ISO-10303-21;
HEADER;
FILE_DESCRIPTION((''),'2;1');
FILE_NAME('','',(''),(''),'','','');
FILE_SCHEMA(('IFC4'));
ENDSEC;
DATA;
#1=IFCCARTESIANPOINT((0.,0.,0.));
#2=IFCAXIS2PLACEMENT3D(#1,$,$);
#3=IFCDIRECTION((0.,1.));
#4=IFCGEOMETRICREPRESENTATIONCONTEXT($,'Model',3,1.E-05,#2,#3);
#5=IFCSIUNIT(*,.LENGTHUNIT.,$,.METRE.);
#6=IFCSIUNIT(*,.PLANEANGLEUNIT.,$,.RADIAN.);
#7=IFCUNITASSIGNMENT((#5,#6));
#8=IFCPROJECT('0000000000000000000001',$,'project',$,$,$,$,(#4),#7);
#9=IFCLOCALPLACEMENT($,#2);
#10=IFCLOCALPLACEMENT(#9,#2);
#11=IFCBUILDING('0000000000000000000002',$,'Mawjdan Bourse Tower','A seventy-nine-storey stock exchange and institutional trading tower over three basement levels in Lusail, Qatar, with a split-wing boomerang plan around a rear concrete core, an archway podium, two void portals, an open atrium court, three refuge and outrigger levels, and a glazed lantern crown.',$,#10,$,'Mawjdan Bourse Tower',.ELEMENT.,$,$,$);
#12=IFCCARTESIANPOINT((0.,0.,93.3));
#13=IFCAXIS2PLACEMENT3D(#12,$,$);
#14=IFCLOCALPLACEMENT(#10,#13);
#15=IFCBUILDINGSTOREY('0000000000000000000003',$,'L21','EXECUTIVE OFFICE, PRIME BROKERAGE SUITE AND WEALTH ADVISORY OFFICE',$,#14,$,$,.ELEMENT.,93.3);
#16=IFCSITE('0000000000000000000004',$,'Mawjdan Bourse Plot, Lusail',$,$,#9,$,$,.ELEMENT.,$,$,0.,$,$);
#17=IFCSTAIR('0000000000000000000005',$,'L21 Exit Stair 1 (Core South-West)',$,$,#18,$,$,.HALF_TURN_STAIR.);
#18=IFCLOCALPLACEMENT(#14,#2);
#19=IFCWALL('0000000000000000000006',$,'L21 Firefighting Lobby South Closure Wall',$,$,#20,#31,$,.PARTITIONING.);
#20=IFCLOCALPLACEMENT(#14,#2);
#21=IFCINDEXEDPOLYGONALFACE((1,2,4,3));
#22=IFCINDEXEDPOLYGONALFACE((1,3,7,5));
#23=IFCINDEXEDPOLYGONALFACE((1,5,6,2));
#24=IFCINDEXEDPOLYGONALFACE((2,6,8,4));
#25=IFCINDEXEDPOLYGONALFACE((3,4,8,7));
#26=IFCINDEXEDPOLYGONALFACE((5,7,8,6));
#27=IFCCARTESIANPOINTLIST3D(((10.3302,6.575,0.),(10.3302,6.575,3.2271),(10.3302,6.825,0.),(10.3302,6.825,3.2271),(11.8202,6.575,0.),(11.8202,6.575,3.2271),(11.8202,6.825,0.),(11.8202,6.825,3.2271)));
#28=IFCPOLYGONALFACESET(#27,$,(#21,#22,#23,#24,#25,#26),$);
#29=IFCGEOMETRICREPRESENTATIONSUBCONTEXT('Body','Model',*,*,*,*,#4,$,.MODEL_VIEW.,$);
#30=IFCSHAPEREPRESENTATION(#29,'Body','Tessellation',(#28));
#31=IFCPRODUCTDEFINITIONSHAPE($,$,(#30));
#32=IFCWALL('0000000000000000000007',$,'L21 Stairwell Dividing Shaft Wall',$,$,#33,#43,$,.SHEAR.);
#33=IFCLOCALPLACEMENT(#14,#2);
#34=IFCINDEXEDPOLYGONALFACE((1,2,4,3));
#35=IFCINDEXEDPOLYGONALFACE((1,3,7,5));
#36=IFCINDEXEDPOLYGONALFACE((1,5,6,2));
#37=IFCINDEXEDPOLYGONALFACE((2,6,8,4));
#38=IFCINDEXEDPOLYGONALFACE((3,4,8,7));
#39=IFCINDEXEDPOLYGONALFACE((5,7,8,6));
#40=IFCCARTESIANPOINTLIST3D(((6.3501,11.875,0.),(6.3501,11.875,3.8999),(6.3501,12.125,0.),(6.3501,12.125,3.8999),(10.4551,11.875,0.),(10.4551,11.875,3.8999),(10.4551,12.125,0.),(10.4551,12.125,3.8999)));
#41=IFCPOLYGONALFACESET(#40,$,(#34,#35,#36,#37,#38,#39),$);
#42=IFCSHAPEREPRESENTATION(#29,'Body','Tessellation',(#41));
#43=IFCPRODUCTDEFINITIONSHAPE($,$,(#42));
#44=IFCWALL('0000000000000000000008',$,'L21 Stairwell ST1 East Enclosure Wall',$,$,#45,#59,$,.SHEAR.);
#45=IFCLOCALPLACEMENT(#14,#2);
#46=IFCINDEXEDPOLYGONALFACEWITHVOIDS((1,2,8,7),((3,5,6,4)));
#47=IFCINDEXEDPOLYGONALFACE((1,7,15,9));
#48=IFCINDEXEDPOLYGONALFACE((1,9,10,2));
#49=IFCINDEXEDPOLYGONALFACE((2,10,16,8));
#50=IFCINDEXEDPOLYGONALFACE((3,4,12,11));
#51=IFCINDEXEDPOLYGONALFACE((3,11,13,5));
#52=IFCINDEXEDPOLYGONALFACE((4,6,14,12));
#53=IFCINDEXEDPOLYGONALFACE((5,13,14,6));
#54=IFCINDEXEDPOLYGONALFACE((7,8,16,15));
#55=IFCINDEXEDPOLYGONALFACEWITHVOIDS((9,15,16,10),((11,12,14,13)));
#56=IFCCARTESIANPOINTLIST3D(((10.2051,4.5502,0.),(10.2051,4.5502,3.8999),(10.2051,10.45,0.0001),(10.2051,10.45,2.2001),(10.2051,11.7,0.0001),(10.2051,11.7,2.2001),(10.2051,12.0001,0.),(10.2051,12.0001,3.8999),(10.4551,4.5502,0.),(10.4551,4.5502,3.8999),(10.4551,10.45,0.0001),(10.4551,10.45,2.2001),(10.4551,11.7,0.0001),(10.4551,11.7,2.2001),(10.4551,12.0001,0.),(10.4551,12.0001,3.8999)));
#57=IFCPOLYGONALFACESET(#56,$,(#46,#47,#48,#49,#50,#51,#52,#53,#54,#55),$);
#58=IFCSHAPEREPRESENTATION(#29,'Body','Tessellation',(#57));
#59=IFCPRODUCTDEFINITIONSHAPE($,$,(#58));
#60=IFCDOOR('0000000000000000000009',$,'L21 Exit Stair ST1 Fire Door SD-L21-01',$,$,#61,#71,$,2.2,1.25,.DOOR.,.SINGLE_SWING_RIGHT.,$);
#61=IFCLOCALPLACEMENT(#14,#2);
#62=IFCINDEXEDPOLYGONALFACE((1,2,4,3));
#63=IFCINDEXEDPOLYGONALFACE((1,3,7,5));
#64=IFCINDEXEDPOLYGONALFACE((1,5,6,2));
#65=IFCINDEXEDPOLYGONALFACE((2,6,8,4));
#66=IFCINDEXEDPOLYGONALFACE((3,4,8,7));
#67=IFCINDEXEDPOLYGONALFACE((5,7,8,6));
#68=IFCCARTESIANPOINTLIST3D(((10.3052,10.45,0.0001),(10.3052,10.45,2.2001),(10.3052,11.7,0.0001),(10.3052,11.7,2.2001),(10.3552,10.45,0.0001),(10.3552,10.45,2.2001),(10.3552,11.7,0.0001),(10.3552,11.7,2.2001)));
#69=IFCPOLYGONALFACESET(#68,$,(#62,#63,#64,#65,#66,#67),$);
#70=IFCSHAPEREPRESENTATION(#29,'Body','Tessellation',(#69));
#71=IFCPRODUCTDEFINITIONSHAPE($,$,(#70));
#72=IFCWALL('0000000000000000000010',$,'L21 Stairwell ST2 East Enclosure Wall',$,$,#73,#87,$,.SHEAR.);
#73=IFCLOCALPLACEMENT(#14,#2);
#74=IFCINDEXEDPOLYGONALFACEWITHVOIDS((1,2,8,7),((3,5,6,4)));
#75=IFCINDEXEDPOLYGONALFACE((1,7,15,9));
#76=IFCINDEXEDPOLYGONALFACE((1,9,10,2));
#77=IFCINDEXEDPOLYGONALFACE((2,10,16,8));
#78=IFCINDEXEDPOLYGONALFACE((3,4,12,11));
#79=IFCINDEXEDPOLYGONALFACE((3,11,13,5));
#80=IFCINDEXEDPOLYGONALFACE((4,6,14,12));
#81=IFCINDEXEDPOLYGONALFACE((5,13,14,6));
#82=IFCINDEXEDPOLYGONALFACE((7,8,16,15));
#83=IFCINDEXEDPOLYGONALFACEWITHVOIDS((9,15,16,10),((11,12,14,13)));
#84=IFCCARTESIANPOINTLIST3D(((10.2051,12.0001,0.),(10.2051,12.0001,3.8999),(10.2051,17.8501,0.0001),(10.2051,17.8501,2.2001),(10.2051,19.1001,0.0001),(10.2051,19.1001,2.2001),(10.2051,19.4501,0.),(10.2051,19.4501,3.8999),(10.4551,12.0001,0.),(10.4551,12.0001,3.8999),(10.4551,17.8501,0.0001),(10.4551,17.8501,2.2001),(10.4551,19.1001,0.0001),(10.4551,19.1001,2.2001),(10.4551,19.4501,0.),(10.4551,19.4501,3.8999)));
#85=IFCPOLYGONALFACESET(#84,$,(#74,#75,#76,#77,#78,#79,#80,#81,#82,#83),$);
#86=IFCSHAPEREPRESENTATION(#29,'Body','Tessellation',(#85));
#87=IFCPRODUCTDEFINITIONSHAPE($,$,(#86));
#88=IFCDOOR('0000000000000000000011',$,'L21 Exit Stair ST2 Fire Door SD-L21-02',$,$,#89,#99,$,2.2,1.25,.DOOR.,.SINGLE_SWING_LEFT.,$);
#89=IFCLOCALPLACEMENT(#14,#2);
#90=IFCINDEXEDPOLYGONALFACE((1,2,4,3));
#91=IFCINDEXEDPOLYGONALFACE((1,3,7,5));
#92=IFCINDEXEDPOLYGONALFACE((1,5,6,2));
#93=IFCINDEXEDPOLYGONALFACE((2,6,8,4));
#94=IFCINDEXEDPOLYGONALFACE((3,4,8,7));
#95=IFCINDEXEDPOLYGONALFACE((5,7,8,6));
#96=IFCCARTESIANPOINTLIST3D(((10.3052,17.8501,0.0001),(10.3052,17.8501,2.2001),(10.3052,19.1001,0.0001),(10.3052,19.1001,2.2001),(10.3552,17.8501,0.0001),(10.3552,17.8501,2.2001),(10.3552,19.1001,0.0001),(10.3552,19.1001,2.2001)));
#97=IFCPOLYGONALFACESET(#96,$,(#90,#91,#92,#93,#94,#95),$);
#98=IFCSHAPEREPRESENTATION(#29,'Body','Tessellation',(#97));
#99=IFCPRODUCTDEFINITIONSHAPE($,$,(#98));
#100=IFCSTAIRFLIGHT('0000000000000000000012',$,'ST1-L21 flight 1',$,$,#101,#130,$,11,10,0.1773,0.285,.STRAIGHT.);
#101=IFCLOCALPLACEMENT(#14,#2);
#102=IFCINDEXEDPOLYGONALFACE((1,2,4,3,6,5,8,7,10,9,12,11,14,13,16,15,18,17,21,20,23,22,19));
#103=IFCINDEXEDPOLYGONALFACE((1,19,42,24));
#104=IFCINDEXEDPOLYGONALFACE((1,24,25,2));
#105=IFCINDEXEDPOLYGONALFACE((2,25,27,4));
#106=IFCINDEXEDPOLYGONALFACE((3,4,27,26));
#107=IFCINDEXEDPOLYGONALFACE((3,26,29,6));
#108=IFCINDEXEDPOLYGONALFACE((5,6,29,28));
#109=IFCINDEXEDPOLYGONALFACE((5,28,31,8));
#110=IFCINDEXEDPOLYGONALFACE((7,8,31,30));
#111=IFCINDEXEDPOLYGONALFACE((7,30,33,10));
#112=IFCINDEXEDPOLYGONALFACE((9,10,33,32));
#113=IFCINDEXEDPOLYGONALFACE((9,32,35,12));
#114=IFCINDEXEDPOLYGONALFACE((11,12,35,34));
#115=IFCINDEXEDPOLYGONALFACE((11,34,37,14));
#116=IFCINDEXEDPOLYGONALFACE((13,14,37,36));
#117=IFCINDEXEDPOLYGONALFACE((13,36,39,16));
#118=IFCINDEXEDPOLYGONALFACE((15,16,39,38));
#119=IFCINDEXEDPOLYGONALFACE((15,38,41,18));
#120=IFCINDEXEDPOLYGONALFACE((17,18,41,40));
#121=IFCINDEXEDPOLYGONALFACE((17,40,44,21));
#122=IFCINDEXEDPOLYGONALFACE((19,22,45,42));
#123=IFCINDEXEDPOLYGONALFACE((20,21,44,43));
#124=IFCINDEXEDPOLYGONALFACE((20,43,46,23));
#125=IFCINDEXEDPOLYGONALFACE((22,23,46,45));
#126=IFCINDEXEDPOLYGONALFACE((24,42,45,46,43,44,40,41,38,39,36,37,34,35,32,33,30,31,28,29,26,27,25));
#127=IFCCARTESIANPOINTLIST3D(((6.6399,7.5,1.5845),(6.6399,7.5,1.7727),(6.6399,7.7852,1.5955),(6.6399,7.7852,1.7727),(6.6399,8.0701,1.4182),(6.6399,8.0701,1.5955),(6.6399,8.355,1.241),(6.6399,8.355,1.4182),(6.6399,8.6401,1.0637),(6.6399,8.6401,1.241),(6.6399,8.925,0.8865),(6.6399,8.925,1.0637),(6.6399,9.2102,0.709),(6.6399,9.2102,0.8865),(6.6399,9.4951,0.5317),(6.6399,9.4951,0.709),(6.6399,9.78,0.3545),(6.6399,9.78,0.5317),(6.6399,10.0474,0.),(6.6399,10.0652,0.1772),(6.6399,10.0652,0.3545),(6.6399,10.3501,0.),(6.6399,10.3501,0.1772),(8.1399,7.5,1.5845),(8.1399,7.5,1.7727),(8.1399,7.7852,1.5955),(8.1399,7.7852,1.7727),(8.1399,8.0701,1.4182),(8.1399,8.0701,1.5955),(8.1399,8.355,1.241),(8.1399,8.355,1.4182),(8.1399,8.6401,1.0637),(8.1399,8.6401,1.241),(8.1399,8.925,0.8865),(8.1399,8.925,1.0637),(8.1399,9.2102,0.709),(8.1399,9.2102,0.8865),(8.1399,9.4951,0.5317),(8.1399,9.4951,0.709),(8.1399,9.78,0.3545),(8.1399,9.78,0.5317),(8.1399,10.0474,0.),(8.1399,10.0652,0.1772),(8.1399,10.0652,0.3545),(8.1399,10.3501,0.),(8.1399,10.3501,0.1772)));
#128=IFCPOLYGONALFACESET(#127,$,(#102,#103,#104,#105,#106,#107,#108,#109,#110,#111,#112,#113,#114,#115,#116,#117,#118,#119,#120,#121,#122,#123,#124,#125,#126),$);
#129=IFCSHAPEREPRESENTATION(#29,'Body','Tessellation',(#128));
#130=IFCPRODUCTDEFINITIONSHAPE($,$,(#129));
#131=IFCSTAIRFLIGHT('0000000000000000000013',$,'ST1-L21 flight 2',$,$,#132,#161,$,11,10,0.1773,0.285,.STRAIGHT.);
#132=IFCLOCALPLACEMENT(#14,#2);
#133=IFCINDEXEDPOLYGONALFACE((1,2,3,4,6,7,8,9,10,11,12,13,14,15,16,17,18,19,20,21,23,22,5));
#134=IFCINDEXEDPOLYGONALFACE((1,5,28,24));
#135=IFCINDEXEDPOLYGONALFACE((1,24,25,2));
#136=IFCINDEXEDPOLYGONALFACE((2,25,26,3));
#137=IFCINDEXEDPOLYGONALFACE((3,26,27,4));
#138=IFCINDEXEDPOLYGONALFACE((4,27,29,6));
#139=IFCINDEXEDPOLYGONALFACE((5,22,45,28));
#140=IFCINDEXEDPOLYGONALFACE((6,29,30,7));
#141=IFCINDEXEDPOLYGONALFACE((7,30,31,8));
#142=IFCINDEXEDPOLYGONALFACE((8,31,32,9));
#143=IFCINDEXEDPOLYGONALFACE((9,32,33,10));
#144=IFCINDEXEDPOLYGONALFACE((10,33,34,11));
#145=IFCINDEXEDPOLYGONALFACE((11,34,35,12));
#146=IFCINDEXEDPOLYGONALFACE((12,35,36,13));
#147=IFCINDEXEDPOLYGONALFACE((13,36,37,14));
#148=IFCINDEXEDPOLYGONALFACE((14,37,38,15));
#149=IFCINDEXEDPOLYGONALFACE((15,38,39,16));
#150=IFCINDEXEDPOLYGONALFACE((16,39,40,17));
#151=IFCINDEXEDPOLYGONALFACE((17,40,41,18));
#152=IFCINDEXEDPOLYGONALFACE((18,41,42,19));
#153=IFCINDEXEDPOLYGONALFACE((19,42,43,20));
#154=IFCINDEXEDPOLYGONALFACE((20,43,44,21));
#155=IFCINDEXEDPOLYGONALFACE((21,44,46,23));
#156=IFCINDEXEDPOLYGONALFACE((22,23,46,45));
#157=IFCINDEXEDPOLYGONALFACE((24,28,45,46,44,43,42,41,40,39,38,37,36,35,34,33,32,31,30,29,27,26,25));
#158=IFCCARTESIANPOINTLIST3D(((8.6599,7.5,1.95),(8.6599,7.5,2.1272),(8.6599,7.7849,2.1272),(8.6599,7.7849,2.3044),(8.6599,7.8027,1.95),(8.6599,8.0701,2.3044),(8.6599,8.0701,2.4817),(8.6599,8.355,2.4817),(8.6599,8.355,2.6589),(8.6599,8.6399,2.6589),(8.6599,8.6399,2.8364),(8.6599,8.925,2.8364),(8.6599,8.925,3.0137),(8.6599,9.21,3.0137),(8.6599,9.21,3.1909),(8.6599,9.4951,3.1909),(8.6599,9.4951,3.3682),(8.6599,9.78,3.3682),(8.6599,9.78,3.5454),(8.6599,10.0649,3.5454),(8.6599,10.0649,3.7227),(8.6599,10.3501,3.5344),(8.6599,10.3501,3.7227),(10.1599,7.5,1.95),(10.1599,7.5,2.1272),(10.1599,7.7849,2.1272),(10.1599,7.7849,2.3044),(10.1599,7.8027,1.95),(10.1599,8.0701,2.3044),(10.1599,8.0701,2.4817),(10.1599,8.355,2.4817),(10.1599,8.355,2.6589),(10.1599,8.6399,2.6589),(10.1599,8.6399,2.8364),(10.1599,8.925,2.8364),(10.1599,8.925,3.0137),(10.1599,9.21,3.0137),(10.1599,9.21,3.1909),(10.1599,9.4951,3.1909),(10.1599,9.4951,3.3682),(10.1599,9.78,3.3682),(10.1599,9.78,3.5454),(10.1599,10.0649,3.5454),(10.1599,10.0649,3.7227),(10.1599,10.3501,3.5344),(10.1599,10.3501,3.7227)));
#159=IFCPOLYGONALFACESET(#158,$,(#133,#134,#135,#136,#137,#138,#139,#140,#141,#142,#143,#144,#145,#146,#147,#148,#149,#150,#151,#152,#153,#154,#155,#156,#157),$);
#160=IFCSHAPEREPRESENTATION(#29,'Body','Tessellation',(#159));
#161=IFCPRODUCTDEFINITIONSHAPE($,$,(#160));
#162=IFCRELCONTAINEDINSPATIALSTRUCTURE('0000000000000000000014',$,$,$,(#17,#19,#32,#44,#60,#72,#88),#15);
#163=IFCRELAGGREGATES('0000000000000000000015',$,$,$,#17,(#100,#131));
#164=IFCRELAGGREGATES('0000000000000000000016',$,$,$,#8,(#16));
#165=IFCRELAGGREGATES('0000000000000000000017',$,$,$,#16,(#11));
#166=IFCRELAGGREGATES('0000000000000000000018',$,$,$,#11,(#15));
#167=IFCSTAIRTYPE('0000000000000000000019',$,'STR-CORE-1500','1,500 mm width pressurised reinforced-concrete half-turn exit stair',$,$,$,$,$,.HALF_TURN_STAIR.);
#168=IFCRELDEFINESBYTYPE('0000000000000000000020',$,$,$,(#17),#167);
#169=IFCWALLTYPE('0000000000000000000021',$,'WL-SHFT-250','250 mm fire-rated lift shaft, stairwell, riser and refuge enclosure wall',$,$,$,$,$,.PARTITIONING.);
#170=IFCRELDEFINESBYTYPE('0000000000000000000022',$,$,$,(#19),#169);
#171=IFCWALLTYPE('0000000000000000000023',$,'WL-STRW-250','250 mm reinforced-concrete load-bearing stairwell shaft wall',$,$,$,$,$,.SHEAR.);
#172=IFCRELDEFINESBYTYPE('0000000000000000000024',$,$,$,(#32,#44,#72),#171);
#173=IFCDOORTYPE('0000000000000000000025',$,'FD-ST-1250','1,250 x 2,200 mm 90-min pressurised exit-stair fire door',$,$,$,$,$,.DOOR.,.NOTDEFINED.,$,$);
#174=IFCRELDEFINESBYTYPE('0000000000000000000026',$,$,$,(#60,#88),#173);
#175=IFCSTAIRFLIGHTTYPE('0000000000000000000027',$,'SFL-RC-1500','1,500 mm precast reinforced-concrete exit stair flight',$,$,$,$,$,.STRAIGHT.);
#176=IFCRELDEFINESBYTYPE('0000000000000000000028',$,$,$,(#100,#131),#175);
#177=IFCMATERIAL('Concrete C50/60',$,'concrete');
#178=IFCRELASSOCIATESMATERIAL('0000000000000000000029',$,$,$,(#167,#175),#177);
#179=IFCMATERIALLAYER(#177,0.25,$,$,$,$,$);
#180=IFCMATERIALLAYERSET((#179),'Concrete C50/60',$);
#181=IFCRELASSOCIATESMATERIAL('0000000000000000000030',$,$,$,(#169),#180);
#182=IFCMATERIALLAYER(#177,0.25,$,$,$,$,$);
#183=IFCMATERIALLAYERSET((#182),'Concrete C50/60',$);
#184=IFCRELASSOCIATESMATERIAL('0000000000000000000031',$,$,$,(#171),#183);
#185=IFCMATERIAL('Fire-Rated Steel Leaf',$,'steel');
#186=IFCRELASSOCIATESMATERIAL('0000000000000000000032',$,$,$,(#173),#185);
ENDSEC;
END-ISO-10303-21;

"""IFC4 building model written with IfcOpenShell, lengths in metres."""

from ifc_helpers import new_model, si_unit, direction, frame, frame_2d, origin, place, context, subcontext, project, spatial, polyline, rectangle, outline, extrude, material, layer, layer_set, type_object, element, fill, aggregate, save


model = new_model("IFC4")

# Units and contexts
model_context = context("Model", 3, precision=1e-05, world=origin(), true_north=direction((0.0, 1.0)))
body_context = subcontext(model_context, "Body", "Model", "MODEL_VIEW")
ifc_project = project(units=[si_unit("LENGTHUNIT", "METRE"), si_unit("PLANEANGLEUNIT", "RADIAN")], contexts=[model_context])

# Site, building, storey
site_placement = place(None, origin())
site = spatial("IfcSite", under=ifc_project, at=site_placement, Name="Mawjdan Bourse Plot, Lusail", CompositionType="ELEMENT", RefElevation=0.0)
building_placement = place(site_placement, origin())
building = spatial("IfcBuilding", under=site, at=building_placement, Name="Mawjdan Bourse Tower", Description="A seventy-nine-storey stock exchange and institutional trading tower over three basement levels in Lusail, Qatar, with a split-wing boomerang plan around a rear concrete core, an archway podium, two void portals, an open atrium court, three refuge and outrigger levels, and a glazed lantern crown.", LongName="Mawjdan Bourse Tower", CompositionType="ELEMENT")
storey_placement = place(building_placement, frame((0.0, 0.0, 93.3)))
storey = spatial("IfcBuildingStorey", under=building, at=storey_placement, Name="L21", Description="EXECUTIVE OFFICE, PRIME BROKERAGE SUITE AND WEALTH ADVISORY OFFICE", CompositionType="ELEMENT", Elevation=93.3)

# Stair
ifc_material_1 = material(Name="Concrete C50/60", Category="concrete")
stair_type = type_object("IfcStairType", Name="STR-CORE-1500", Description="1,500 mm width pressurised reinforced-concrete half-turn exit stair", PredefinedType="HALF_TURN_STAIR", material=ifc_material_1)
stair_1_placement = place(storey_placement, origin())
stair_1 = element("IfcStair", 1, at=stair_1_placement, inside=storey, type_object=stair_type, Name="L21 Exit Stair 1 (Core South-West)", PredefinedType="HALF_TURN_STAIR")

# Shared definitions
ifc_layer_1 = layer(ifc_material_1, 0.25)
ifc_layer_set_1 = layer_set([ifc_layer_1], Name="Concrete C50/60")
wall_type_1 = type_object("IfcWallType", Name="WL-SHFT-250", Description="250 mm fire-rated lift shaft, stairwell, riser and refuge enclosure wall", PredefinedType="PARTITIONING", material=ifc_layer_set_1)

# Walls
wall_1_placement = place(storey_placement, frame((10.3301, 6.7, 0.0), z_axis=(0.0, 0.0, 1.0), x_axis=(1.0, 0.0, 0.0)))
element("IfcWall", 2, at=wall_1_placement, inside=storey, type_object=wall_type_1, Name="L21 Firefighting Lobby South Closure Wall", PredefinedType="PARTITIONING", context=body_context, shape_type="SweptSolid", body=[
    extrude(rectangle(XDim=1.49, YDim=0.25, at=frame_2d((0.7451, 0.0))), origin(), (0.0, 0.0, 1.0), 3.2271),
])
ifc_layer_2 = layer(ifc_material_1, 0.25)
ifc_layer_set_2 = layer_set([ifc_layer_2], Name="Concrete C50/60")
wall_type_2 = type_object("IfcWallType", Name="WL-STRW-250", Description="250 mm reinforced-concrete load-bearing stairwell shaft wall", PredefinedType="SHEAR", material=ifc_layer_set_2)
wall_2_placement = place(storey_placement, frame((6.3501, 12.0, 0.0), z_axis=(0.0, 0.0, 1.0), x_axis=(1.0, 0.0, 0.0)))
element("IfcWall", 3, at=wall_2_placement, inside=storey, type_object=wall_type_2, Name="L21 Stairwell Dividing Shaft Wall", PredefinedType="SHEAR", context=body_context, shape_type="SweptSolid", body=[
    extrude(rectangle(XDim=4.105, YDim=0.25, at=frame_2d((2.0525, 0.0))), origin(), (0.0, 0.0, 1.0), 3.8999),
])

# Walls, openings, doors
wall_3_placement = place(storey_placement, frame((10.3301, 4.55, 0.0), z_axis=(0.0, 0.0, 1.0), x_axis=(0.0, 1.0, 0.0)))
wall_3 = element("IfcWall", 4, at=wall_3_placement, inside=storey, type_object=wall_type_2, Name="L21 Stairwell ST1 East Enclosure Wall", PredefinedType="SHEAR", context=body_context, shape_type="SweptSolid", body=[
    extrude(rectangle(XDim=7.45, YDim=0.25, at=frame_2d((3.7251, 0.0))), origin(), (0.0, 0.0, 1.0), 3.8999),
])
opening_1_placement = place(wall_3_placement, frame((5.8999, 0.0, 0.0)))
opening_1 = element("IfcOpeningElement", 5, at=opening_1_placement, cuts=wall_3, PredefinedType="OPENING", context=body_context, shape_type="SweptSolid", body=[
    extrude(rectangle(XDim=1.25, YDim=2.2, at=frame_2d((0.625, 1.1001))), frame((0.0, 0.135, 0.0), z_axis=(0.0, -1.0, 0.0), x_axis=(1.0, 0.0, 0.0)), (0.0, 0.0, 1.0), 0.27),
])
ifc_material_2 = material(Name="Fire-Rated Steel Leaf", Category="steel")
door_type_1 = type_object("IfcDoorType", Name="FD-ST-1250", Description="1,250 x 2,200 mm 90-min pressurised exit-stair fire door", OperationType="NOTDEFINED", PredefinedType="DOOR", material=ifc_material_2)
door_1_placement = place(opening_1_placement, origin())
door_1 = element("IfcDoor", 6, at=door_1_placement, inside=storey, type_object=door_type_1, Name="L21 Exit Stair ST1 Fire Door SD-L21-01", OperationType="SINGLE_SWING_RIGHT", OverallHeight=2.2, OverallWidth=1.25, PredefinedType="DOOR", context=body_context, shape_type="SweptSolid", body=[
    extrude(rectangle(XDim=1.25, YDim=2.2, at=frame_2d((0.625, 1.1001))), frame((0.0, 0.0249, 0.0), z_axis=(0.0, -1.0, 0.0), x_axis=(1.0, 0.0, 0.0)), (0.0, 0.0, 1.0), 0.05),
])
fill(opening_1, door_1)
wall_4_placement = place(storey_placement, frame((10.3301, 12.0, 0.0), z_axis=(0.0, 0.0, 1.0), x_axis=(0.0, 1.0, 0.0)))
wall_4 = element("IfcWall", 7, at=wall_4_placement, inside=storey, type_object=wall_type_2, Name="L21 Stairwell ST2 East Enclosure Wall", PredefinedType="SHEAR", context=body_context, shape_type="SweptSolid", body=[
    extrude(rectangle(XDim=7.45, YDim=0.25, at=frame_2d((3.7251, 0.0))), origin(), (0.0, 0.0, 1.0), 3.8999),
])
opening_2_placement = place(wall_4_placement, frame((5.8501, 0.0, 0.0)))
opening_2 = element("IfcOpeningElement", 8, at=opening_2_placement, cuts=wall_4, PredefinedType="OPENING", context=body_context, shape_type="SweptSolid", body=[
    extrude(rectangle(XDim=1.25, YDim=2.2, at=frame_2d((0.625, 1.1001))), frame((0.0, 0.135, 0.0), z_axis=(0.0, -1.0, 0.0), x_axis=(1.0, 0.0, 0.0)), (0.0, 0.0, 1.0), 0.27),
])
door_2_placement = place(opening_2_placement, origin())
door_2 = element("IfcDoor", 9, at=door_2_placement, inside=storey, type_object=door_type_1, Name="L21 Exit Stair ST2 Fire Door SD-L21-02", OperationType="SINGLE_SWING_LEFT", OverallHeight=2.2, OverallWidth=1.25, PredefinedType="DOOR", context=body_context, shape_type="SweptSolid", body=[
    extrude(rectangle(XDim=1.25, YDim=2.2, at=frame_2d((0.625, 1.1001))), frame((0.0, 0.0249, 0.0), z_axis=(0.0, -1.0, 0.0), x_axis=(1.0, 0.0, 0.0)), (0.0, 0.0, 1.0), 0.05),
])
fill(opening_2, door_2)

# Stair flights
stair_flight_type = type_object("IfcStairFlightType", Name="SFL-RC-1500", Description="1,500 mm precast reinforced-concrete exit stair flight", PredefinedType="STRAIGHT", material=ifc_material_1)
stair_flight_1_placement = place(storey_placement, frame((7.3899, 10.3501, 0.0), z_axis=(0.0, 0.0, 1.0), x_axis=(0.0, -1.0, 0.0)))
stair_flight_1 = element("IfcStairFlight", 10, at=stair_flight_1_placement, type_object=stair_flight_type, Name="ST1-L21 flight 1", NumberOfRisers=11, NumberOfTreads=10, PredefinedType="STRAIGHT", RiserHeight=0.1773, TreadLength=0.285, context=body_context, shape_type="SweptSolid", body=[
    extrude(outline(polyline([(0.0, 0.0), (0.0, 0.1772), (0.2849, 0.1772), (0.2849, 0.3545), (0.5701, 0.3545), (0.5701, 0.5317), (0.855, 0.5317), (0.855, 0.709), (1.1399, 0.709), (1.1399, 0.8865), (1.425, 0.8865), (1.425, 1.0637), (1.71, 1.0637), (1.71, 1.241), (1.9951, 1.241), (1.9951, 1.4182), (2.28, 1.4182), (2.28, 1.5955), (2.5649, 1.5955), (2.5649, 1.7727), (2.8501, 1.7727), (2.8501, 1.95), (2.8501, 1.5845), (0.3027, 0.0), (0.0, 0.0)])), frame((0.0, 0.75, 0.0), z_axis=(0.0, -1.0, 0.0), x_axis=(1.0, 0.0, 0.0)), (0.0, 0.0, 1.0), 1.5),
])
stair_flight_2_placement = place(storey_placement, frame((9.4099, 7.5, 1.95), z_axis=(0.0, 0.0, 1.0), x_axis=(0.0, 1.0, 0.0)))
stair_flight_2 = element("IfcStairFlight", 11, at=stair_flight_2_placement, type_object=stair_flight_type, Name="ST1-L21 flight 2", NumberOfRisers=11, NumberOfTreads=10, PredefinedType="STRAIGHT", RiserHeight=0.1773, TreadLength=0.285, context=body_context, shape_type="SweptSolid", body=[
    extrude(outline(polyline([(0.0, 0.0), (0.0, 0.1772), (0.2849, 0.1772), (0.2849, 0.3545), (0.5701, 0.3545), (0.5701, 0.5317), (0.855, 0.5317), (0.855, 0.709), (1.1399, 0.709), (1.1399, 0.8865), (1.425, 0.8865), (1.425, 1.0637), (1.71, 1.0637), (1.71, 1.241), (1.9951, 1.241), (1.9951, 1.4182), (2.28, 1.4182), (2.28, 1.5955), (2.5649, 1.5955), (2.5649, 1.7727), (2.8501, 1.7727), (2.8501, 1.95), (2.8501, 1.5845), (0.3027, 0.0), (0.0, 0.0)])), frame((0.0, 0.75, 0.0), z_axis=(0.0, -1.0, 0.0), x_axis=(1.0, 0.0, 0.0)), (0.0, 0.0, 1.0), 1.5),
])
aggregate(stair_1, [stair_flight_1, stair_flight_2])

save(model, "model.ifc")
